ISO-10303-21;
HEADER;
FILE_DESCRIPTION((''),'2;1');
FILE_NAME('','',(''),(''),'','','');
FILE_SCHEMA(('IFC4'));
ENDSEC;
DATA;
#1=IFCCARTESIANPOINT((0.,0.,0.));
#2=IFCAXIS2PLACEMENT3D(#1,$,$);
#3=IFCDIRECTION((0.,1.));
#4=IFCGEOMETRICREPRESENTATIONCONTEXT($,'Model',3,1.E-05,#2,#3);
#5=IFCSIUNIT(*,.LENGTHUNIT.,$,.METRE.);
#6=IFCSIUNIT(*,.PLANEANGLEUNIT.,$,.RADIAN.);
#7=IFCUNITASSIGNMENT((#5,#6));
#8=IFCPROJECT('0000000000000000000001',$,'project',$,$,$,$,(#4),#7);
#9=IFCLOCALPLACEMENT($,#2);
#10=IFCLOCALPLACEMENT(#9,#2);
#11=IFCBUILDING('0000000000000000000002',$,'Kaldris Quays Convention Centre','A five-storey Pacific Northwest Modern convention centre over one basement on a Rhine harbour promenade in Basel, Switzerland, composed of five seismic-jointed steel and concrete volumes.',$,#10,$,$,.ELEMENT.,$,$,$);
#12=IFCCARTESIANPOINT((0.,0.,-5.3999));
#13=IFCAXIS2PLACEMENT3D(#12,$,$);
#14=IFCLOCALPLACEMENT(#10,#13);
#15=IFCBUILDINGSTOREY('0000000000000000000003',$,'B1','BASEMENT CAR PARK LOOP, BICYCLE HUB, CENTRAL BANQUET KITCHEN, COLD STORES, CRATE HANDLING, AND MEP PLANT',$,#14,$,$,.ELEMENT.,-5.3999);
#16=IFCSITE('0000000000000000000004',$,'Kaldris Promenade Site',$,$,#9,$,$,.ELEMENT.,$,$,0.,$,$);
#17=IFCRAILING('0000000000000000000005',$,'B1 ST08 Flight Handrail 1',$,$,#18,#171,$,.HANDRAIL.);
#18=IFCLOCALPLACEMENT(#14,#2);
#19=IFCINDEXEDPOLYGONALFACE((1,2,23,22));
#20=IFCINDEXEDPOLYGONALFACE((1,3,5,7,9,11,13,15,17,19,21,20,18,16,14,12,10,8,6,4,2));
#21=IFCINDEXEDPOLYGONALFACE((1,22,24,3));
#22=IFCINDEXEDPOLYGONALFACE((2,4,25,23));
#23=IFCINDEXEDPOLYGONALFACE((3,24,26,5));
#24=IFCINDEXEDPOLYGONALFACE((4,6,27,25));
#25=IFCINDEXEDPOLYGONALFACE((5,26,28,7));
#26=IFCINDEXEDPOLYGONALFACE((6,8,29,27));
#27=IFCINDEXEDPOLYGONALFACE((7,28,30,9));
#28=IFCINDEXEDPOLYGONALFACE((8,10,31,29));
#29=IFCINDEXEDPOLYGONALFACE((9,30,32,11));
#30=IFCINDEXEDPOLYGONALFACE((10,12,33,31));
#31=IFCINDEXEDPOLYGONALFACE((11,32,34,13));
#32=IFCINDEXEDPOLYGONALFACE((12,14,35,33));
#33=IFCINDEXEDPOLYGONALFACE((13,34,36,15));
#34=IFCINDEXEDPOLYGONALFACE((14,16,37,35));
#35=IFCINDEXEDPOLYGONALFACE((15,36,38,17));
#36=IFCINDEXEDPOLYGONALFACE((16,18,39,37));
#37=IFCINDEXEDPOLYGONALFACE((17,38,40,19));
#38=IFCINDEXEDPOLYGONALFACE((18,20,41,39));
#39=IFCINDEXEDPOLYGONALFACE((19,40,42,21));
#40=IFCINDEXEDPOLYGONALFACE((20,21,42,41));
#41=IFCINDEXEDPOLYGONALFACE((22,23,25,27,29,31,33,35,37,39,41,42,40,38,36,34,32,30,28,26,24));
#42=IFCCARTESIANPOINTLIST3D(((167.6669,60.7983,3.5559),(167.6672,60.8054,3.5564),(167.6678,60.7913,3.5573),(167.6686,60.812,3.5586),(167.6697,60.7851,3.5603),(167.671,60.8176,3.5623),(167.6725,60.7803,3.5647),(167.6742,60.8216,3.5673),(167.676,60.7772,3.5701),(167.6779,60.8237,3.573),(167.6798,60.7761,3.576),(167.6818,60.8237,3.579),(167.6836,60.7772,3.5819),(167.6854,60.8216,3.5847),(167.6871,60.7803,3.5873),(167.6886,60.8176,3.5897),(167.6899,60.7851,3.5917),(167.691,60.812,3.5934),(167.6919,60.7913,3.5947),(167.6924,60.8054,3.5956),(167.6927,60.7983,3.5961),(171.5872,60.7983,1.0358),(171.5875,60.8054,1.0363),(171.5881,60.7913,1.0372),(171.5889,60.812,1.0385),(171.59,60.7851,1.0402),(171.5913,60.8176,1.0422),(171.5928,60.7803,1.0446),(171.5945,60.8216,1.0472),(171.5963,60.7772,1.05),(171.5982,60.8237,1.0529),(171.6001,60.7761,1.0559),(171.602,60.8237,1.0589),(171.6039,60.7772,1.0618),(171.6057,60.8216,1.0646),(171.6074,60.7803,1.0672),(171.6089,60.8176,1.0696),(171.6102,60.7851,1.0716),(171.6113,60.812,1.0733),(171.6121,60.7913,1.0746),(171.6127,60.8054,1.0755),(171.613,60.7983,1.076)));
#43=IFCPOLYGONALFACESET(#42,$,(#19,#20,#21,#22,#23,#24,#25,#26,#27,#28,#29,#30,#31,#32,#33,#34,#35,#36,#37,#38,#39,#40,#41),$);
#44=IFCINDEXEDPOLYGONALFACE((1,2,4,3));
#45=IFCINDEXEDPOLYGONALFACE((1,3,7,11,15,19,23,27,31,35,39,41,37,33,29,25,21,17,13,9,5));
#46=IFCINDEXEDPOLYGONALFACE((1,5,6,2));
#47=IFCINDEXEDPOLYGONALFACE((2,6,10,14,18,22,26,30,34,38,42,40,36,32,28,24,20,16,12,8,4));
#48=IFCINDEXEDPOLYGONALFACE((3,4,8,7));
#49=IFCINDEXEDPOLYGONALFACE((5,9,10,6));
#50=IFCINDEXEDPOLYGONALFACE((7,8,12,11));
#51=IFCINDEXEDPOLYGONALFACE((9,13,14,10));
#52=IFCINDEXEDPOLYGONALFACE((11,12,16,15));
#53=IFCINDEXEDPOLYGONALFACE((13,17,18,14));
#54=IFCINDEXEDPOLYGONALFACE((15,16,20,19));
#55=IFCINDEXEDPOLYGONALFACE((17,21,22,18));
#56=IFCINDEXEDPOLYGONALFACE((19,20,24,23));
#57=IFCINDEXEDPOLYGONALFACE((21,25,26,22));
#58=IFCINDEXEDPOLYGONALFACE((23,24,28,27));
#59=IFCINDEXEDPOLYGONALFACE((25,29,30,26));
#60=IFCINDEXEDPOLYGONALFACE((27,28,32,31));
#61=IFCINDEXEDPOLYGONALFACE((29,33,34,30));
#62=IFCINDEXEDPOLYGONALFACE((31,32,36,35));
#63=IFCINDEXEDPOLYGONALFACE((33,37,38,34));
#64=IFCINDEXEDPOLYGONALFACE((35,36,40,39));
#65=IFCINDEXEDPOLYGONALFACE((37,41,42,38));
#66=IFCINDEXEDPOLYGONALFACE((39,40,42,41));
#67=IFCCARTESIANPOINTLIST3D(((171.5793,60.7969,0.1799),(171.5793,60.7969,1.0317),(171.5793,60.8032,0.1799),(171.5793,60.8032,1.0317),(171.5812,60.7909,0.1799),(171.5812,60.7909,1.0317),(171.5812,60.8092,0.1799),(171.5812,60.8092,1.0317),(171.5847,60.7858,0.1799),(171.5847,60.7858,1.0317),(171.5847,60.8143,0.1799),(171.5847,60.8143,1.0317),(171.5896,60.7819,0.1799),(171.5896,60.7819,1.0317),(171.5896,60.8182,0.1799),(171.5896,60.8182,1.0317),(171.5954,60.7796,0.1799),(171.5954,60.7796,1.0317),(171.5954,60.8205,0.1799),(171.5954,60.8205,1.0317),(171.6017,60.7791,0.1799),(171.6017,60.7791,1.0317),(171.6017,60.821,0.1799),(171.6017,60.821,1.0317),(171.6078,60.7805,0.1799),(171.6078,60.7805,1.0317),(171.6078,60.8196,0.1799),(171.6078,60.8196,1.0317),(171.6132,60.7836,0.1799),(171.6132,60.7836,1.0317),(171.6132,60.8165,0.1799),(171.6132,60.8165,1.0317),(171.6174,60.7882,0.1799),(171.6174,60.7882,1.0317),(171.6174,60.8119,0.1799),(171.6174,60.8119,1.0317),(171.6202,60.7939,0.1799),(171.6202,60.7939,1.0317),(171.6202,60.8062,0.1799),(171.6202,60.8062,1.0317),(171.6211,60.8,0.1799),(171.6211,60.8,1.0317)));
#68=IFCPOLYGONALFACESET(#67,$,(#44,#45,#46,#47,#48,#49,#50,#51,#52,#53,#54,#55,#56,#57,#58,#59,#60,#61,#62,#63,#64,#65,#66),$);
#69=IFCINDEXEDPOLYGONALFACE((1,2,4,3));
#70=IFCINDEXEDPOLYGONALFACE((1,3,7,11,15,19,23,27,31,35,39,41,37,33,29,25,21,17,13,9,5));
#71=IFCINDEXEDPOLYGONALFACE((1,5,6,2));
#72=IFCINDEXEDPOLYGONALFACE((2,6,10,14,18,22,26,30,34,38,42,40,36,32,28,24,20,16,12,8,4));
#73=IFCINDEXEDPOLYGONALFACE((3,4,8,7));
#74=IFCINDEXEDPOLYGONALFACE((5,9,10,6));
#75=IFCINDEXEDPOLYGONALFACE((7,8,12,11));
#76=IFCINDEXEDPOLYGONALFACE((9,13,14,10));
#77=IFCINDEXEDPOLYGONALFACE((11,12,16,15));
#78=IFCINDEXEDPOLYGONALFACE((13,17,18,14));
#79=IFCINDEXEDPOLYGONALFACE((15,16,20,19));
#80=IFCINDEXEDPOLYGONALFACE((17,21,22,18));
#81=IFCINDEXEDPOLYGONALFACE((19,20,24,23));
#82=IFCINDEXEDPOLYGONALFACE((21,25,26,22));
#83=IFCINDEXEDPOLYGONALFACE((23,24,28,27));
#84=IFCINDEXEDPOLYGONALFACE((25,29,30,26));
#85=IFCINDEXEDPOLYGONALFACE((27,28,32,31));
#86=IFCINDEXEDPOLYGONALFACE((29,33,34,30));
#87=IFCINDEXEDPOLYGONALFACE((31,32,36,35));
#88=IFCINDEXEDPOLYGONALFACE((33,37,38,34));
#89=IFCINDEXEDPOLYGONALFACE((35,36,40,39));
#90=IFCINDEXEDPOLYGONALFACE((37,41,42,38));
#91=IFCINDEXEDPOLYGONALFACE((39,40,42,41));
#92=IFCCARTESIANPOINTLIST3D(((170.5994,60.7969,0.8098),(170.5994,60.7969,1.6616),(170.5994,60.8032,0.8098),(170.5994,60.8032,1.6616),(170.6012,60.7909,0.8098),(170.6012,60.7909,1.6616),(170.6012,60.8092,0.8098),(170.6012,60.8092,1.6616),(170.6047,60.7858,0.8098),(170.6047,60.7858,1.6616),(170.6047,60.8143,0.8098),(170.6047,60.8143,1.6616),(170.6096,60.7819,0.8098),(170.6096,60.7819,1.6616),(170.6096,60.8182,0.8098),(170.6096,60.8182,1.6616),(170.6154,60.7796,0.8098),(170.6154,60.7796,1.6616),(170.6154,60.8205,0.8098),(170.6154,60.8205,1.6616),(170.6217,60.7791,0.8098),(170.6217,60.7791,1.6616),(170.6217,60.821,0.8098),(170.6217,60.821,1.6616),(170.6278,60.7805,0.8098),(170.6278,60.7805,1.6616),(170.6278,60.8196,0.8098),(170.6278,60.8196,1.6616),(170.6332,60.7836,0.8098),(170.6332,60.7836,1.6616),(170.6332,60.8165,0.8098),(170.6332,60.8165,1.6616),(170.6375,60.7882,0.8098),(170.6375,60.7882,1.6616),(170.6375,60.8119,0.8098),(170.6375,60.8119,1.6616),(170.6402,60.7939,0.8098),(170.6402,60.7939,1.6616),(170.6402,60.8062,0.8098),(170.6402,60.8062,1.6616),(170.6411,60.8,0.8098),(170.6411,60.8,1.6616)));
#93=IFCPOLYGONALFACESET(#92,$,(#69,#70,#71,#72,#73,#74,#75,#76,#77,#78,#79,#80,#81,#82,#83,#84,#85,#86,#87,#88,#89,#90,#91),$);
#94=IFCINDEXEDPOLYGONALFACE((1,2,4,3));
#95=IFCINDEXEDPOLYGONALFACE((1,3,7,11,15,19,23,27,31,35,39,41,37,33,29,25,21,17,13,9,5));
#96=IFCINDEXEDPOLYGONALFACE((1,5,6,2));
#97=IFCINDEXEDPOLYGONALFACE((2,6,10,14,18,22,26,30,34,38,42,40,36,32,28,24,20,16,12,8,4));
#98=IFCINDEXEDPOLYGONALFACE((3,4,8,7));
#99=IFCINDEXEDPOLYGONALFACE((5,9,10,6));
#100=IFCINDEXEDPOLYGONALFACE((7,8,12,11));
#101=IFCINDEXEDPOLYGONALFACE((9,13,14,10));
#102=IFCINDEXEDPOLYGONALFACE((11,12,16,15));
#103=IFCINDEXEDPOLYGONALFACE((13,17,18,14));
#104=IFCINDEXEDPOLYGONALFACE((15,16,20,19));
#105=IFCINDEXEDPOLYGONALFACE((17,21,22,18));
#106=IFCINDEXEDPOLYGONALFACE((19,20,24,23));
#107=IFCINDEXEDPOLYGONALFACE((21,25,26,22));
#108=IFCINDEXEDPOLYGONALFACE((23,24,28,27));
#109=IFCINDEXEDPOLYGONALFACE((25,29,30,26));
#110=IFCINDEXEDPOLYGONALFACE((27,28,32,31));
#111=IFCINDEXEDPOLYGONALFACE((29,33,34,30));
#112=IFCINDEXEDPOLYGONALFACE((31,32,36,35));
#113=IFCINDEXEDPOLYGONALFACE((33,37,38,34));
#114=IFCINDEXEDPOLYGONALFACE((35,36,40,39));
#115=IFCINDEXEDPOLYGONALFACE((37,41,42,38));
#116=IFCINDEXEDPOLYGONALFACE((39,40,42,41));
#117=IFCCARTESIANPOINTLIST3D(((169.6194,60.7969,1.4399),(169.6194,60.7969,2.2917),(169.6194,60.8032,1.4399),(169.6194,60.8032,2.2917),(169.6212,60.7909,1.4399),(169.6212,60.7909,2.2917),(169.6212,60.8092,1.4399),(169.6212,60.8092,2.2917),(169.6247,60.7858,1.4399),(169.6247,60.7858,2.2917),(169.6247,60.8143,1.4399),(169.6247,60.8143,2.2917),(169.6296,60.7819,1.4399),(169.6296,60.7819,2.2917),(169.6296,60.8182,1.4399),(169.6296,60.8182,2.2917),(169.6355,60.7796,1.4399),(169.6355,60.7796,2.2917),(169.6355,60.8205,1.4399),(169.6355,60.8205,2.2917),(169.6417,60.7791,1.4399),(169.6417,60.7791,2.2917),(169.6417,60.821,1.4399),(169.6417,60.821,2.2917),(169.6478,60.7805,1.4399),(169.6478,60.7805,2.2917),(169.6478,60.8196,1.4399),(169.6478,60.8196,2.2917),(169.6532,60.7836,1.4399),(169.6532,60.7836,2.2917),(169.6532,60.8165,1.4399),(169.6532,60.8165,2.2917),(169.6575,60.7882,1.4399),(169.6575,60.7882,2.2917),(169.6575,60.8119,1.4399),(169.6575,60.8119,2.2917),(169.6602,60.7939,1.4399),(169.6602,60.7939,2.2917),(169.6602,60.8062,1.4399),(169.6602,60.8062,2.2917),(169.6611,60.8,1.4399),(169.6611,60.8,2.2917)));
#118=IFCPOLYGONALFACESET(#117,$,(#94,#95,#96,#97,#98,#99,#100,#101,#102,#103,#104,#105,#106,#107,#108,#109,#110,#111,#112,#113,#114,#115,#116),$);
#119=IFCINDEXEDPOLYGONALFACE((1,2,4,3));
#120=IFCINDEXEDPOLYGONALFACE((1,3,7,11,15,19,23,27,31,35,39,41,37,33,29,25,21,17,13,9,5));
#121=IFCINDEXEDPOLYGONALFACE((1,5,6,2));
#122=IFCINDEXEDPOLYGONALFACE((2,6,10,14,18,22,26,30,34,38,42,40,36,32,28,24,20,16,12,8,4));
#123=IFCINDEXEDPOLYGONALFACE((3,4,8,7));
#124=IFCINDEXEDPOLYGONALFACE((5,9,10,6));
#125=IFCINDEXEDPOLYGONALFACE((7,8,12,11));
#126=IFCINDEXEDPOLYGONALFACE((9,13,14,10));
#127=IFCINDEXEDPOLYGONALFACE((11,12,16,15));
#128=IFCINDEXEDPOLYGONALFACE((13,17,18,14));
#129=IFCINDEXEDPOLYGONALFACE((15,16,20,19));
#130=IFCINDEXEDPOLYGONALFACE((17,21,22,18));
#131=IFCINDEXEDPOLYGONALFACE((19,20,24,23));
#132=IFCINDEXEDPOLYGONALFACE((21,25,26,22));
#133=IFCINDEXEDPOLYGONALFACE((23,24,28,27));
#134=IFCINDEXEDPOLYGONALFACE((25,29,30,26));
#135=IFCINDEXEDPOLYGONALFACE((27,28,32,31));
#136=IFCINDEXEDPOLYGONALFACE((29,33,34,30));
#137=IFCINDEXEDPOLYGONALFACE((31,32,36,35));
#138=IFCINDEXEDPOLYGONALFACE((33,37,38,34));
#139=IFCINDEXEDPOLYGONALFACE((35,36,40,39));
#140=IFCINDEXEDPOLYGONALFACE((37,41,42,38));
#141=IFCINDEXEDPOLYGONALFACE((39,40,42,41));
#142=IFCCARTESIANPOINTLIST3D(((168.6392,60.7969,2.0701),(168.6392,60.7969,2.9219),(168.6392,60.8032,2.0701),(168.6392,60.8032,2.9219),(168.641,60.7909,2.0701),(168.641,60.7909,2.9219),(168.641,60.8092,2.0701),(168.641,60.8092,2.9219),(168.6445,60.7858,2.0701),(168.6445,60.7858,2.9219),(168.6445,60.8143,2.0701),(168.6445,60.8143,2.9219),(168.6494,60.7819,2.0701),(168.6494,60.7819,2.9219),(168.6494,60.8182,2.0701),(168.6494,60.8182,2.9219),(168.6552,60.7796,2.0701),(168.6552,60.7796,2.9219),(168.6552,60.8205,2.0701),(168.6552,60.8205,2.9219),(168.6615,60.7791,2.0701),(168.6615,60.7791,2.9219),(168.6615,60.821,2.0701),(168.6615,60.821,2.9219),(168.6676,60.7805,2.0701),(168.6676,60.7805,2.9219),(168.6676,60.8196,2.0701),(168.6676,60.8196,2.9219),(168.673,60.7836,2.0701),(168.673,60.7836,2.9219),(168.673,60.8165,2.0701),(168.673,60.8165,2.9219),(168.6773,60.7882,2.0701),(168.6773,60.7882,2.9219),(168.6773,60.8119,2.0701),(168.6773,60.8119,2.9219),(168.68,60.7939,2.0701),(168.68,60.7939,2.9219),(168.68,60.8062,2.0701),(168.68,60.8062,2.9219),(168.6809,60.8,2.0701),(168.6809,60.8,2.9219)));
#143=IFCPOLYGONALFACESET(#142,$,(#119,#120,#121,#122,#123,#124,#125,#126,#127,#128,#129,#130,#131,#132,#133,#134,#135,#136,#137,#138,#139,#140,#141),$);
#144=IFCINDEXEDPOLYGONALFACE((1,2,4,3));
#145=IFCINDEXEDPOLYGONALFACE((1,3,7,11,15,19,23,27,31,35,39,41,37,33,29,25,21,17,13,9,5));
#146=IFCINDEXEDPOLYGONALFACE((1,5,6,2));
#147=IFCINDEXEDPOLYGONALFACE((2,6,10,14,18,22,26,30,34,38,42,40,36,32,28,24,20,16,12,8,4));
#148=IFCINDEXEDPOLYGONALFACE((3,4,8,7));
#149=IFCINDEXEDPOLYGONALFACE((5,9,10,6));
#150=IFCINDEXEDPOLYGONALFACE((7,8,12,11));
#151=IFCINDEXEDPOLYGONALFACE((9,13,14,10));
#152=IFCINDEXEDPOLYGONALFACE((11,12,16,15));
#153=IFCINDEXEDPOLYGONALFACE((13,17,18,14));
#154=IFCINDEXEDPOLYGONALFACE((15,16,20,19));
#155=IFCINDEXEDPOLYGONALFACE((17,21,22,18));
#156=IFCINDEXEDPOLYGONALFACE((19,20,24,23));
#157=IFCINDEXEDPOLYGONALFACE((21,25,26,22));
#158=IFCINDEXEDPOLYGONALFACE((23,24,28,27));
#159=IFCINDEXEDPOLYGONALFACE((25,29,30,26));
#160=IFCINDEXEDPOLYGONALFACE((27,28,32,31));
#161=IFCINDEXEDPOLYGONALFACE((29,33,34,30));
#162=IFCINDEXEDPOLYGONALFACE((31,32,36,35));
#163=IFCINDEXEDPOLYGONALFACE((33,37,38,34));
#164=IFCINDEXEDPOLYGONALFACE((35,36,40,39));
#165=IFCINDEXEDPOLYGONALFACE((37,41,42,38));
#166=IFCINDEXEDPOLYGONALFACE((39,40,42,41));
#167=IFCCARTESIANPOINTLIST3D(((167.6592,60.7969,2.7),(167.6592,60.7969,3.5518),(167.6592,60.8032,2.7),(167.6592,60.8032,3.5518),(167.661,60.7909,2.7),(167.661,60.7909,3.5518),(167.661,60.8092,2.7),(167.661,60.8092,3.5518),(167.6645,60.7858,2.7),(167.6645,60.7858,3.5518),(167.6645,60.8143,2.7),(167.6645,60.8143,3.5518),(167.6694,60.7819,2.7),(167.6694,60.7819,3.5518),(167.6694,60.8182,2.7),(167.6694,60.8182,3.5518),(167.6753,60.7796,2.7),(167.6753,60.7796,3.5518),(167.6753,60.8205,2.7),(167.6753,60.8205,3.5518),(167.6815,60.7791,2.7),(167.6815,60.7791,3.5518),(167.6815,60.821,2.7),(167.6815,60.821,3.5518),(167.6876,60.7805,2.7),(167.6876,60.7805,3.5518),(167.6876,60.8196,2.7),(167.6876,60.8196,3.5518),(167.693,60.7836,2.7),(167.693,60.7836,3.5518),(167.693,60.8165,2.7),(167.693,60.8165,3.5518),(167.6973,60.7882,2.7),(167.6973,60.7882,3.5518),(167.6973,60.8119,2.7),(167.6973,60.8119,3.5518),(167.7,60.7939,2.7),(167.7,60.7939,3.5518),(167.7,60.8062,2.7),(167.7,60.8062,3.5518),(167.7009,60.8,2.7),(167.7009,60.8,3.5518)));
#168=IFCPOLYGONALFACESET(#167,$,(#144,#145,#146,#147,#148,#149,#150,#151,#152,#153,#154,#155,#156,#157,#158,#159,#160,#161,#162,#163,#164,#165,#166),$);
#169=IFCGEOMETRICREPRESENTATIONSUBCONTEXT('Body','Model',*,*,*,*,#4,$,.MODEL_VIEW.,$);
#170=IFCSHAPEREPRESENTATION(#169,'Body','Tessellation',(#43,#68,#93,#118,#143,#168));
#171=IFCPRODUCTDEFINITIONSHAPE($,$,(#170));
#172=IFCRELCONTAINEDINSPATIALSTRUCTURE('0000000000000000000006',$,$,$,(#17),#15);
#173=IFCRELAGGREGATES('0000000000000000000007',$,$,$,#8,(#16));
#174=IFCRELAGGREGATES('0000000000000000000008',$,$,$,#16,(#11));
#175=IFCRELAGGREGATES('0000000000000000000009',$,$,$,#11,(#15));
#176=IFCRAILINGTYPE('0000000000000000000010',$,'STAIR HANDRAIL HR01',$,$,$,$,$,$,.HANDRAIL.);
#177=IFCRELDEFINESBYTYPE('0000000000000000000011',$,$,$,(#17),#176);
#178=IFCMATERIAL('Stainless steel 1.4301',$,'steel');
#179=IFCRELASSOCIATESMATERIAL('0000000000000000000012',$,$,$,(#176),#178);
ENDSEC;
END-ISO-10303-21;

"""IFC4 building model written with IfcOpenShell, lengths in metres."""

from ifc_helpers import new_model, si_unit, direction, frame, origin, origin_2d, place, context, subcontext, project, spatial, circle, extrude, material, type_object, element, save


model = new_model("IFC4")

# Units and contexts
model_context = context("Model", 3, precision=1e-05, world=origin(), true_north=direction((0.0, 1.0)))
body_context = subcontext(model_context, "Body", "Model", "MODEL_VIEW")
ifc_project = project(units=[si_unit("LENGTHUNIT", "METRE"), si_unit("PLANEANGLEUNIT", "RADIAN")], contexts=[model_context])

# Site, building, storey
site_placement = place(None, origin())
site = spatial("IfcSite", under=ifc_project, at=site_placement, Name="Kaldris Promenade Site", CompositionType="ELEMENT", RefElevation=0.0)
building_placement = place(site_placement, origin())
building = spatial("IfcBuilding", under=site, at=building_placement, Name="Kaldris Quays Convention Centre", Description="A five-storey Pacific Northwest Modern convention centre over one basement on a Rhine harbour promenade in Basel, Switzerland, composed of five seismic-jointed steel and concrete volumes.", CompositionType="ELEMENT")
storey_placement = place(building_placement, frame((0.0, 0.0, -5.3999)))
storey = spatial("IfcBuildingStorey", under=building, at=storey_placement, Name="B1", Description="BASEMENT CAR PARK LOOP, BICYCLE HUB, CENTRAL BANQUET KITCHEN, COLD STORES, CRATE HANDLING, AND MEP PLANT", CompositionType="ELEMENT", Elevation=-5.3999)

# Railing
ifc_material_1 = material(Name="Stainless steel 1.4301", Category="steel")
railing_type_1 = type_object("IfcRailingType", Name="STAIR HANDRAIL HR01", PredefinedType="HANDRAIL", material=ifc_material_1)
railing_1_placement = place(storey_placement, frame((171.6001, 60.8, 0.1799)))
element("IfcRailing", 1, at=railing_1_placement, inside=storey, type_object=railing_type_1, Name="B1 ST08 Flight Handrail 1", PredefinedType="HANDRAIL", context=body_context, shape_type="SweptSolid", body=[
    extrude(circle(Radius=0.0239, at=origin_2d()), frame((0.0, 0.0, 0.876), z_axis=(-0.841187, 0.0, 0.540744), x_axis=(0.0, -1.0, 0.0)), (0.0, 0.0, 1.0), 4.6604),
    extrude(circle(Radius=0.021, at=origin_2d()), origin(), (0.0, 0.0, 1.0), 0.8518),
    extrude(circle(Radius=0.021, at=origin_2d()), frame((-0.98, 0.0, 0.6299)), (0.0, 0.0, 1.0), 0.8518),
    extrude(circle(Radius=0.021, at=origin_2d()), frame((-1.96, 0.0, 1.26)), (0.0, 0.0, 1.0), 0.8518),
    extrude(circle(Radius=0.021, at=origin_2d()), frame((-2.9402, 0.0, 1.8901)), (0.0, 0.0, 1.0), 0.8518),
    extrude(circle(Radius=0.021, at=origin_2d()), frame((-3.9202, 0.0, 2.52)), (0.0, 0.0, 1.0), 0.8518),
])

save(model, "model.ifc")
